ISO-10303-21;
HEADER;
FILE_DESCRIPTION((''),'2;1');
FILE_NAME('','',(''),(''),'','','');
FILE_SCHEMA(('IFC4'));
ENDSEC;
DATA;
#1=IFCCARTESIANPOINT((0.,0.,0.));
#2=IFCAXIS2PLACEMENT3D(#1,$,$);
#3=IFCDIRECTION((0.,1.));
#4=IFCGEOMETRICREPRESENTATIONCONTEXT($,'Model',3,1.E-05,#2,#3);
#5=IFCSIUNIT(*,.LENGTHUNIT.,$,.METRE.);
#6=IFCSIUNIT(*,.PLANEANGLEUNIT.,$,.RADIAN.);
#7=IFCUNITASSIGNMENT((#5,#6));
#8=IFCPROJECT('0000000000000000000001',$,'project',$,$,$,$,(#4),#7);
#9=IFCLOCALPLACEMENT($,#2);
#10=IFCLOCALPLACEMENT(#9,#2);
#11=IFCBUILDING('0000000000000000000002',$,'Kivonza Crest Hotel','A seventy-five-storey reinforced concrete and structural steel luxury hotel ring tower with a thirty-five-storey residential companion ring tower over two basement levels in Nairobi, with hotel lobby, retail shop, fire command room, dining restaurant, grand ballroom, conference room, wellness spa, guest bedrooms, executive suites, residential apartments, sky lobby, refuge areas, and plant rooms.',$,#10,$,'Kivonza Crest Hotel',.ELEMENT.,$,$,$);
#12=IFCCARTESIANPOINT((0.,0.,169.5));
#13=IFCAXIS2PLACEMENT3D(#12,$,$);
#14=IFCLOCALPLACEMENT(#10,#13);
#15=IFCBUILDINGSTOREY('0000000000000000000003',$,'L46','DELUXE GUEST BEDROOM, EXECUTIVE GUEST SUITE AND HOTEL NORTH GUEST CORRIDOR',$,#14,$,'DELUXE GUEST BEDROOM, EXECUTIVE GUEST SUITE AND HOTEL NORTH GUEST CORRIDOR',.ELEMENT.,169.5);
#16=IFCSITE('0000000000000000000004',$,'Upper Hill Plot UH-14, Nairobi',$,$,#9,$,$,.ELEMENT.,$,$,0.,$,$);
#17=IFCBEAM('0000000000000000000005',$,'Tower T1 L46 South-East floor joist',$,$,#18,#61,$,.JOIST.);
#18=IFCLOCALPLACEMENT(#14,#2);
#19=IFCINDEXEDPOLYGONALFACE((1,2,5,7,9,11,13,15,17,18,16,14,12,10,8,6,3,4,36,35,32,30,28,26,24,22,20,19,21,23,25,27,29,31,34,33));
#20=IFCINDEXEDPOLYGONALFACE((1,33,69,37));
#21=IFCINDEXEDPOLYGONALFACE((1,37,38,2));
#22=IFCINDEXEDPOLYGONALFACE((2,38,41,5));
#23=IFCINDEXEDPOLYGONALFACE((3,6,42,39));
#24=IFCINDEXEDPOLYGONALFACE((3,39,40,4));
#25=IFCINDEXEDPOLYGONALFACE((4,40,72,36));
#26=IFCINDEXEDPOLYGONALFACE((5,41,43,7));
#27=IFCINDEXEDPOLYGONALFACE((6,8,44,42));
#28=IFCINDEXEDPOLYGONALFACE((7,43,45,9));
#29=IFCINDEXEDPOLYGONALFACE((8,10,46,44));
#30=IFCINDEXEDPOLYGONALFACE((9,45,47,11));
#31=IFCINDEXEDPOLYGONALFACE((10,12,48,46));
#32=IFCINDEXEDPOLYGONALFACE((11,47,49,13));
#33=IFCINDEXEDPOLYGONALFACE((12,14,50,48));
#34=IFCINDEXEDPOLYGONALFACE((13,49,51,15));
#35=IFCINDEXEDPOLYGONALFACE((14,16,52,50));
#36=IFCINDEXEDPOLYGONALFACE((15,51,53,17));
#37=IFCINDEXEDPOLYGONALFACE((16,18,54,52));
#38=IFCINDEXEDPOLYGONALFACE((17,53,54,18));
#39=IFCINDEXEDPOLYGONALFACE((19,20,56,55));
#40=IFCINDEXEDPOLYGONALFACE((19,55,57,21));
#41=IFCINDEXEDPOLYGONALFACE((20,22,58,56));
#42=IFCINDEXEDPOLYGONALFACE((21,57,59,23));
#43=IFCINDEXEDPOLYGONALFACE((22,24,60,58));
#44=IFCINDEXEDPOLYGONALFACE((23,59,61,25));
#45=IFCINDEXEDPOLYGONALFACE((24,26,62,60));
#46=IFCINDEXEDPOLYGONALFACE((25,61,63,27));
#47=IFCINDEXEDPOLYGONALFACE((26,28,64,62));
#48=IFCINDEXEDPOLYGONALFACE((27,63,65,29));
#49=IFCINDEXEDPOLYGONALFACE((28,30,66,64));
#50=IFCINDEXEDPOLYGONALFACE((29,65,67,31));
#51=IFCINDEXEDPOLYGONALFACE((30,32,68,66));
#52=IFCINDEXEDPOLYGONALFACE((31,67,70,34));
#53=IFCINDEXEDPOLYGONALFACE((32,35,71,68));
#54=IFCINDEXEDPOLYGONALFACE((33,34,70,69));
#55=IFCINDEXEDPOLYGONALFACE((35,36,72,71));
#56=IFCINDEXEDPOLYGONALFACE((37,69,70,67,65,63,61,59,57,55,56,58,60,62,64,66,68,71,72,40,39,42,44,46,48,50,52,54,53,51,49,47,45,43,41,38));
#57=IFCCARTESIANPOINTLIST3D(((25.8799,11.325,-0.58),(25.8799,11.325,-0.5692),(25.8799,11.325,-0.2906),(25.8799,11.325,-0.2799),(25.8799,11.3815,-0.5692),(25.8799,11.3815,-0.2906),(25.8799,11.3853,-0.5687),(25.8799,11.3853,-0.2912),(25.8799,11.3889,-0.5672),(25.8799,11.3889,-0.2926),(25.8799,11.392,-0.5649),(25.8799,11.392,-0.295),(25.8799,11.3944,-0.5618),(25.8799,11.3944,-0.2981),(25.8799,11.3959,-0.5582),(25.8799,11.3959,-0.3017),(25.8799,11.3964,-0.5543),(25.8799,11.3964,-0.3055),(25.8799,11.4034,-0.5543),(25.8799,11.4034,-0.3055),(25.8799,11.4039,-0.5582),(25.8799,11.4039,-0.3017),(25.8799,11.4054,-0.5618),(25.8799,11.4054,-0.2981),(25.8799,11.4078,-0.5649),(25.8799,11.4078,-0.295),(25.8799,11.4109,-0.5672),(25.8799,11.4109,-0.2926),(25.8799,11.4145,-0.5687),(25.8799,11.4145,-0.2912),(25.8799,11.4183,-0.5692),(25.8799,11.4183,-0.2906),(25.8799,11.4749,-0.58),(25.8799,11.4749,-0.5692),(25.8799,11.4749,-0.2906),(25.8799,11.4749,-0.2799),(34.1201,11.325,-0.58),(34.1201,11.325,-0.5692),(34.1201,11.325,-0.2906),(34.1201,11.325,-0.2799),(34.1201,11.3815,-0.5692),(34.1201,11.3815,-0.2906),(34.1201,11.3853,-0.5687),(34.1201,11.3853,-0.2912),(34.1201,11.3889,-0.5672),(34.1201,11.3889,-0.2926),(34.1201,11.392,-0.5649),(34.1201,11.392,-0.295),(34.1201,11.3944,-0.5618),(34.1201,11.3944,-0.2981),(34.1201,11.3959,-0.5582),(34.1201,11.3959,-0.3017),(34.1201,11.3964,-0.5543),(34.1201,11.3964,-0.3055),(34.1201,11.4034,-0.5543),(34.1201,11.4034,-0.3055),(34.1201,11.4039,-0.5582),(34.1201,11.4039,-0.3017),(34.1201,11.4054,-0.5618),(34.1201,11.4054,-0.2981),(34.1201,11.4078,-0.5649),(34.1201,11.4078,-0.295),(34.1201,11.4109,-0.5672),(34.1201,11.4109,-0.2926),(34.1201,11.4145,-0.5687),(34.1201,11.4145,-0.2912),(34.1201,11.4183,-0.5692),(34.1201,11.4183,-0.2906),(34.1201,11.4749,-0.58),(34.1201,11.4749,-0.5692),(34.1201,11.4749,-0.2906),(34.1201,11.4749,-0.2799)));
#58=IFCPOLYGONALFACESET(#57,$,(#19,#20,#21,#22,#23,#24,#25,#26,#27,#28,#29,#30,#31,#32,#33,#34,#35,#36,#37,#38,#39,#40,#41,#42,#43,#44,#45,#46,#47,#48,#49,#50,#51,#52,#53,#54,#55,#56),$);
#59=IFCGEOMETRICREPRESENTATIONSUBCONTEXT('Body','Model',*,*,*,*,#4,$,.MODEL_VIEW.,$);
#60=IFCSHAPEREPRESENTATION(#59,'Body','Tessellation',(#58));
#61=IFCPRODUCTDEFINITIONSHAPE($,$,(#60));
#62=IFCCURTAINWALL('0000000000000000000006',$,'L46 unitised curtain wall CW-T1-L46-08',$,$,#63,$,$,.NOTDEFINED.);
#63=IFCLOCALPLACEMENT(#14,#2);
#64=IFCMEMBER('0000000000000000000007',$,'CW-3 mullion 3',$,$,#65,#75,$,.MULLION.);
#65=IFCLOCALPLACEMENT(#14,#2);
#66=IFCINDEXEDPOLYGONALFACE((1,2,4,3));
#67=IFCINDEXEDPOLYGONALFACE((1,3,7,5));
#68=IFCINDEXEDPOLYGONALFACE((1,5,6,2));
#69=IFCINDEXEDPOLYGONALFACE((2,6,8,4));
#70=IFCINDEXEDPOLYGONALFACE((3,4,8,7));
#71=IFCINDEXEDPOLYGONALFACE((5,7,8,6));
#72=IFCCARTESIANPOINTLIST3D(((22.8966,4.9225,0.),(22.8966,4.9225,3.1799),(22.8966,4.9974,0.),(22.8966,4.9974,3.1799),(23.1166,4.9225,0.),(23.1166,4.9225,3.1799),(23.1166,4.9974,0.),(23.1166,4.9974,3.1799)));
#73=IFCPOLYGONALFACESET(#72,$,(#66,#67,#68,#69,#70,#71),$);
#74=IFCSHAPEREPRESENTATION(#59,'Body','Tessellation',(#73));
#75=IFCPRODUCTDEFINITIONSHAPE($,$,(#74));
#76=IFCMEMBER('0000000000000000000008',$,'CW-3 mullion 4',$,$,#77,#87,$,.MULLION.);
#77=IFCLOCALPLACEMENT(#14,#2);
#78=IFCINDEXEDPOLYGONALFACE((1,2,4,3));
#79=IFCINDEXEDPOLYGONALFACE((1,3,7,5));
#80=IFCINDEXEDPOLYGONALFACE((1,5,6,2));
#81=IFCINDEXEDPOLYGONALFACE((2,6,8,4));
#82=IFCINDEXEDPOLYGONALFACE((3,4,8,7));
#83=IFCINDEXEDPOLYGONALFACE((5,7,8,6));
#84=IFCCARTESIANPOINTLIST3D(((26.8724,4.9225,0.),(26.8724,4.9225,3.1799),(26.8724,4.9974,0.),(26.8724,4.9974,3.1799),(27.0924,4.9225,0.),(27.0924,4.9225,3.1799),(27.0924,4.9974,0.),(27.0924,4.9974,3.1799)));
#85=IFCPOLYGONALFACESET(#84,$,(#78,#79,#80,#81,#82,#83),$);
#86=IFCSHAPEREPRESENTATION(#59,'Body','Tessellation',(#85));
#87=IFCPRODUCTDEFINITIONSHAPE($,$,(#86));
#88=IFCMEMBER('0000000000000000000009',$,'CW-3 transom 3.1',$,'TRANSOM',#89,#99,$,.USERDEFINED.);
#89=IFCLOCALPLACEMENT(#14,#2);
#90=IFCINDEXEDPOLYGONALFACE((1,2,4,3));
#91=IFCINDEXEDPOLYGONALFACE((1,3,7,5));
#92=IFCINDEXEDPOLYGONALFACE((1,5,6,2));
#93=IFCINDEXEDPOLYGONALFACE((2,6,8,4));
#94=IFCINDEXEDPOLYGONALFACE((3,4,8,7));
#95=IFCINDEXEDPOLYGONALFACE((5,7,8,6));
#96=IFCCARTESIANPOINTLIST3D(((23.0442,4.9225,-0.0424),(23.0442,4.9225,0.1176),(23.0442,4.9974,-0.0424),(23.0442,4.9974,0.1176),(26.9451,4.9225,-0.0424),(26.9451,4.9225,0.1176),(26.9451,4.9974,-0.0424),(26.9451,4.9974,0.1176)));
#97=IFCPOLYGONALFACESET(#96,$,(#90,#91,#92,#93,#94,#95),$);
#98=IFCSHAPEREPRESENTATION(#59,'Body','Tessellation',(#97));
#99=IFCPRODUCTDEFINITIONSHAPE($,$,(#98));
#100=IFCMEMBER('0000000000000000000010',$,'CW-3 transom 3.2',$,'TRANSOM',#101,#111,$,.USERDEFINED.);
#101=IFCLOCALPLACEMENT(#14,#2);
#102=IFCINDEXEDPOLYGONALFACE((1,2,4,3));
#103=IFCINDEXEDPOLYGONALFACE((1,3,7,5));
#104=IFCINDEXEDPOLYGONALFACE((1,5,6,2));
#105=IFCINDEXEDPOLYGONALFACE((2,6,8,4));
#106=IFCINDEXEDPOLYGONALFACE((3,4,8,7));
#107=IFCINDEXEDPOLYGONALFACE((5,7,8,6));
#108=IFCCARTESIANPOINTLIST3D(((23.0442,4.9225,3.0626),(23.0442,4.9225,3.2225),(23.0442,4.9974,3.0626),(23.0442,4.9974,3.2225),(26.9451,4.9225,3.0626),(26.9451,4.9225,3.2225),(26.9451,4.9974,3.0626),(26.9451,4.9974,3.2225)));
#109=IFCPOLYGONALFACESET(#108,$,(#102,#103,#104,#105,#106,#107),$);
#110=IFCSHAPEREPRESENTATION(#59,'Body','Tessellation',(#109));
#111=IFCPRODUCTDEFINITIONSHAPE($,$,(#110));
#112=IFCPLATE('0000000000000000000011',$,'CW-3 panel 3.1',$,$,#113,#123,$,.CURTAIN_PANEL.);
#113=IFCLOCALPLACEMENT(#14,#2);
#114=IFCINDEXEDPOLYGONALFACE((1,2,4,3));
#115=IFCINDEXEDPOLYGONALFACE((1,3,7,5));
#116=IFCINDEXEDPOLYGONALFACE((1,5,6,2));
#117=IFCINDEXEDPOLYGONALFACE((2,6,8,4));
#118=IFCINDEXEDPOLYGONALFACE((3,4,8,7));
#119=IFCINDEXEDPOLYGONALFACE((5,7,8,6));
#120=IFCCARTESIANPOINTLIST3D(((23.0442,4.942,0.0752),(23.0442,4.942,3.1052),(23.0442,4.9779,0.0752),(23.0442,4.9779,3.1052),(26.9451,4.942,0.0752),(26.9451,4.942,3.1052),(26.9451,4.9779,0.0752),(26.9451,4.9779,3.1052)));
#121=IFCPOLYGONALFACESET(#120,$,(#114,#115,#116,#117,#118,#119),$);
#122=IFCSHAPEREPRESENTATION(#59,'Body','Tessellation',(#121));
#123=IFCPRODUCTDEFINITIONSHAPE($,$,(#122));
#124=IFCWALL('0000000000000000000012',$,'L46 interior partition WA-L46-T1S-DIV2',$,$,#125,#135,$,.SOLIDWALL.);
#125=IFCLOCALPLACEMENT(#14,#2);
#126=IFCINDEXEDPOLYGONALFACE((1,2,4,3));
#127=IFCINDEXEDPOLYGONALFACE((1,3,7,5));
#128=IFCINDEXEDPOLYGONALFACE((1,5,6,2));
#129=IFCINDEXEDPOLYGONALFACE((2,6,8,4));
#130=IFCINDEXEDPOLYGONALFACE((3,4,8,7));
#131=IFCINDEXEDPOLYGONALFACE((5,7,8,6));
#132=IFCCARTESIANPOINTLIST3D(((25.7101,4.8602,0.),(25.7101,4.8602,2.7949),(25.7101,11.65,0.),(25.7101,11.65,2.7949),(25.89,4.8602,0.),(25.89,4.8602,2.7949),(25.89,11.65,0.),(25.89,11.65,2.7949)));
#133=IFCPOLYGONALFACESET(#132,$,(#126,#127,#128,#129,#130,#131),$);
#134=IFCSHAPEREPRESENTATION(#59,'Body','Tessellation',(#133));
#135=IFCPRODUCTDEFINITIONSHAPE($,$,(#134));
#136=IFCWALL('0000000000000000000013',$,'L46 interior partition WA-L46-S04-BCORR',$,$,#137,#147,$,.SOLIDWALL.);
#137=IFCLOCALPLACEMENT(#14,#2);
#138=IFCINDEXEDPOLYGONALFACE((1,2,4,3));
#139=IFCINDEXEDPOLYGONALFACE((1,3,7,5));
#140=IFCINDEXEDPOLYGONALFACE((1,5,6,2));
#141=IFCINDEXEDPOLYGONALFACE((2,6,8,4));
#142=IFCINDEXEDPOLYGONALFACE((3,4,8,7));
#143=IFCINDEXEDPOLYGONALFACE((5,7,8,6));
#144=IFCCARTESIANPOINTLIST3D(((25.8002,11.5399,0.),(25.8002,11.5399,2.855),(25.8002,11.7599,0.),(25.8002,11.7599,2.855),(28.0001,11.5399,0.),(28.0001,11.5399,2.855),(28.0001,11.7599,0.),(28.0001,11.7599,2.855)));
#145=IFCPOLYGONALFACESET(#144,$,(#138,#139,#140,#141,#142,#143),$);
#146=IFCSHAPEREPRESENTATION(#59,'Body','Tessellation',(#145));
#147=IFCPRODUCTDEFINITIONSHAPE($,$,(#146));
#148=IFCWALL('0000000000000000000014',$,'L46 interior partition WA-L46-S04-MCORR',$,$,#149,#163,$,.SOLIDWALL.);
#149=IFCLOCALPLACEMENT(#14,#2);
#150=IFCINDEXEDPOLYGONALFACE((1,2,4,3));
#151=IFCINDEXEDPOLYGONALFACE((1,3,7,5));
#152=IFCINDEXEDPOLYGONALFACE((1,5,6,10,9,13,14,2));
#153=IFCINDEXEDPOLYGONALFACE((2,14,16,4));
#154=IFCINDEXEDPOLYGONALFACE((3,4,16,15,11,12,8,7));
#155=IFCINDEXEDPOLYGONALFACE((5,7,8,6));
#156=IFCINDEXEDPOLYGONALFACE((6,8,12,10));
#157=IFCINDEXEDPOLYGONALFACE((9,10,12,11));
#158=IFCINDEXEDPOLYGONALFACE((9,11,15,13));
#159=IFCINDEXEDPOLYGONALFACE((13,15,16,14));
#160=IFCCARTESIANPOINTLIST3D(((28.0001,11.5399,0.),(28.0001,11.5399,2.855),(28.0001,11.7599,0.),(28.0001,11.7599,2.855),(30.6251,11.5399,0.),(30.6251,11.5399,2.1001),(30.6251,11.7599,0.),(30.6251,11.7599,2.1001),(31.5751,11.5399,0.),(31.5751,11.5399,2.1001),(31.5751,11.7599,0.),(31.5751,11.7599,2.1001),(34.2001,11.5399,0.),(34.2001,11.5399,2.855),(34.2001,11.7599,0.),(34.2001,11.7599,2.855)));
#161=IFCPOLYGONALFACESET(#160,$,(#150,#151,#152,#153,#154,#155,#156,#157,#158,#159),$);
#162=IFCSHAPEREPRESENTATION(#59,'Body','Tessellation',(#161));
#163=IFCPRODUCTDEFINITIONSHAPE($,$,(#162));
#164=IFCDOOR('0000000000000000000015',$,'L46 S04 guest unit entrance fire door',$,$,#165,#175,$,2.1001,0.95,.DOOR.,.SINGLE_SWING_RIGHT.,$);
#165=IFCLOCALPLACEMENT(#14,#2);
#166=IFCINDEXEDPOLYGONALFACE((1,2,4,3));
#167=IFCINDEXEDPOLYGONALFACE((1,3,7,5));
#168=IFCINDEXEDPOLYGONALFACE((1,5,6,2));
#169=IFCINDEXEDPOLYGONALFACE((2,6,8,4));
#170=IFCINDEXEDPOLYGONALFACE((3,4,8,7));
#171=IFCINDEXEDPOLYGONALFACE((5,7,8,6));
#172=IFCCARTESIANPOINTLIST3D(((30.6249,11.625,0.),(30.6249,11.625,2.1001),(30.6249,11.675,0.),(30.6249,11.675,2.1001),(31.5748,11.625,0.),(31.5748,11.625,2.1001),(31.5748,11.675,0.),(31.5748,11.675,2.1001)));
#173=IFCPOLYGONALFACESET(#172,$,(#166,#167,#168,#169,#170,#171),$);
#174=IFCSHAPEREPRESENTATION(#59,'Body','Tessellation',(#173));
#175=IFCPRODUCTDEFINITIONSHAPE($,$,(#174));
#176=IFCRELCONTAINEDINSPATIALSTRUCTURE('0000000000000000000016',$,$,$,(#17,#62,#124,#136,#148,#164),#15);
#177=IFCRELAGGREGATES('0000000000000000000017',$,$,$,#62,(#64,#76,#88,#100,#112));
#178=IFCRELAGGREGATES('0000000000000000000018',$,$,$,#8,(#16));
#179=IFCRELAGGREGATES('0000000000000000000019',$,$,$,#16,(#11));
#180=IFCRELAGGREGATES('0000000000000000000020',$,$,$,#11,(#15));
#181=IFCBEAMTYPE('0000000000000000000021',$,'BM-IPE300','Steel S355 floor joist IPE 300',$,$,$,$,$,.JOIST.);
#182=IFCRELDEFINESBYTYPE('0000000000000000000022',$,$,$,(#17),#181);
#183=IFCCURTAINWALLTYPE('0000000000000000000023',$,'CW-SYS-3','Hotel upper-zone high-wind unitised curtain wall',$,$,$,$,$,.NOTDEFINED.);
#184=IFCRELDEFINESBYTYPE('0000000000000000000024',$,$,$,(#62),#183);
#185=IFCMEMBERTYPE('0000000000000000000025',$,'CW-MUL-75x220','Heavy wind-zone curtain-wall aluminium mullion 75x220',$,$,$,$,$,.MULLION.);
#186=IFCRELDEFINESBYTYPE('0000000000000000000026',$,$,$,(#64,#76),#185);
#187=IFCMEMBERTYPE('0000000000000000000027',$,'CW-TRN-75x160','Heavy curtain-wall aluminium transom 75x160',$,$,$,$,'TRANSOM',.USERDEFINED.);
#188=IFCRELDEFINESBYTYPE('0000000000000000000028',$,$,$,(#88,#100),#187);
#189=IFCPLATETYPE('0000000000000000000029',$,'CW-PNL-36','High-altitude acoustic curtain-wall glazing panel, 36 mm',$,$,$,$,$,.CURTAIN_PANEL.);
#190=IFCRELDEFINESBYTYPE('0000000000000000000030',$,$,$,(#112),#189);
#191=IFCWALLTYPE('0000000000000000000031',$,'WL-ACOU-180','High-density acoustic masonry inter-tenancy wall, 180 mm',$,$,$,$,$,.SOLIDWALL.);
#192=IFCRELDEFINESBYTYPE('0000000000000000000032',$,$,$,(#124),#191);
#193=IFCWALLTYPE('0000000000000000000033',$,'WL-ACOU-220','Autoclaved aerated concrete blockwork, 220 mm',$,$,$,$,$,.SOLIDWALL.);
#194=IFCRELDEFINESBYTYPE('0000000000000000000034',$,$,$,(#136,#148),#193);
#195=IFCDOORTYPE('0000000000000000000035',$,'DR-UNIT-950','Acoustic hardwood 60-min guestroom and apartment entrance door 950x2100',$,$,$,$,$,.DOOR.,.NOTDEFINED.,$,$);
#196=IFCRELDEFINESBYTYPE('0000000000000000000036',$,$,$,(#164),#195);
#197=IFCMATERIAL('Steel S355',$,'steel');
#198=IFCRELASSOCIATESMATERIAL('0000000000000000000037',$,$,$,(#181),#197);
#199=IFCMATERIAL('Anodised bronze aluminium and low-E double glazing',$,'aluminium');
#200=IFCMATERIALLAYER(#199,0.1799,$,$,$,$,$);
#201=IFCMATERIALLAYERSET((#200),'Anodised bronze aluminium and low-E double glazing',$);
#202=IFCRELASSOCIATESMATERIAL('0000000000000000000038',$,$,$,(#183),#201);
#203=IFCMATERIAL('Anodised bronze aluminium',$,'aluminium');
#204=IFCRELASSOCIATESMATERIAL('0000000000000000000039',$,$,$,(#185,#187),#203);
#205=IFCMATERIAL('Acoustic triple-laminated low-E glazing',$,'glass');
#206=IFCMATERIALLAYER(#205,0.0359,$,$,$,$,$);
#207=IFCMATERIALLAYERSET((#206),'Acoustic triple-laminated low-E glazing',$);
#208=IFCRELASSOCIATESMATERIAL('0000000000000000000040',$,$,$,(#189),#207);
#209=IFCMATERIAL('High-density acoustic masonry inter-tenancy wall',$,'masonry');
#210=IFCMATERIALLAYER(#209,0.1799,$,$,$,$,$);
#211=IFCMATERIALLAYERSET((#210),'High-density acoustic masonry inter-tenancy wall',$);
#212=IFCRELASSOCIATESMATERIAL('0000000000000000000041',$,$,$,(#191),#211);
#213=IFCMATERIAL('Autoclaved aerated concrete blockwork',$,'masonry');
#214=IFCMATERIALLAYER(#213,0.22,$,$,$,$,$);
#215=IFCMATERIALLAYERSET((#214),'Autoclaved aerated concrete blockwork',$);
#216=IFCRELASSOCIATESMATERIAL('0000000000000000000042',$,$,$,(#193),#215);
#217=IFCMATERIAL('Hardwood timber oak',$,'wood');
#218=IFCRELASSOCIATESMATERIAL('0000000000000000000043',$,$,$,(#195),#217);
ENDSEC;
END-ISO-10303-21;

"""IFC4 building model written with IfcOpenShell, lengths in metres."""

from ifc_helpers import new_model, si_unit, direction, frame, frame_2d, origin, origin_2d, place, context, subcontext, project, spatial, rectangle, i_section, extrude, material, layer, layer_set, material_profile, profile_set, type_object, element, fill, aggregate, save


model = new_model("IFC4")

# Units and contexts
model_context = context("Model", 3, precision=1e-05, world=origin(), true_north=direction((0.0, 1.0)))
body_context = subcontext(model_context, "Body", "Model", "MODEL_VIEW")
ifc_project = project(units=[si_unit("LENGTHUNIT", "METRE"), si_unit("PLANEANGLEUNIT", "RADIAN")], contexts=[model_context])

# Site, building, storey
site_placement = place(None, origin())
site = spatial("IfcSite", under=ifc_project, at=site_placement, Name="Upper Hill Plot UH-14, Nairobi", CompositionType="ELEMENT", RefElevation=0.0)
building_placement = place(site_placement, origin())
building = spatial("IfcBuilding", under=site, at=building_placement, Name="Kivonza Crest Hotel", Description="A seventy-five-storey reinforced concrete and structural steel luxury hotel ring tower with a thirty-five-storey residential companion ring tower over two basement levels in Nairobi, with hotel lobby, retail shop, fire command room, dining restaurant, grand ballroom, conference room, wellness spa, guest bedrooms, executive suites, residential apartments, sky lobby, refuge areas, and plant rooms.", LongName="Kivonza Crest Hotel", CompositionType="ELEMENT")
storey_placement = place(building_placement, frame((0.0, 0.0, 169.5)))
storey = spatial("IfcBuildingStorey", under=building, at=storey_placement, Name="L46", Description="DELUXE GUEST BEDROOM, EXECUTIVE GUEST SUITE AND HOTEL NORTH GUEST CORRIDOR", LongName="DELUXE GUEST BEDROOM, EXECUTIVE GUEST SUITE AND HOTEL NORTH GUEST CORRIDOR", CompositionType="ELEMENT", Elevation=169.5)

# Beam
ifc_material_1 = material(Name="Steel S355", Category="steel")
ifc_material_profile_1 = material_profile(ifc_material_1, i_section(OverallWidth=0.1499, OverallDepth=0.3, WebThickness=0.0071, FlangeThickness=0.0107, FilletRadius=0.0149, at=origin_2d()), Name="IPE 300")
ifc_profile_set_1 = profile_set([ifc_material_profile_1], Name="Steel S355")
beam_type_1 = type_object("IfcBeamType", Name="BM-IPE300", Description="Steel S355 floor joist IPE 300", PredefinedType="JOIST", material=ifc_profile_set_1)
beam_1_placement = place(storey_placement, frame((25.8799, 11.3999, -0.4299), z_axis=(1.0, 0.0, 0.0), x_axis=(0.0, 1.0, 0.0)))
element("IfcBeam", 1, at=beam_1_placement, inside=storey, type_object=beam_type_1, Name="Tower T1 L46 South-East floor joist", PredefinedType="JOIST", context=body_context, shape_type="SweptSolid", body=[
    extrude(i_section(OverallWidth=0.1499, OverallDepth=0.3, WebThickness=0.0071, FlangeThickness=0.0107, FilletRadius=0.0149, at=origin_2d()), origin(), (0.0, 0.0, 1.0), 8.2402),
])

# Curtain wall, members, plate
ifc_material_2 = material(Name="Anodised bronze aluminium and low-E double glazing", Category="aluminium")
ifc_layer_1 = layer(ifc_material_2, 0.1799)
ifc_layer_set_1 = layer_set([ifc_layer_1], Name="Anodised bronze aluminium and low-E double glazing")
curtain_wall_type = type_object("IfcCurtainWallType", Name="CW-SYS-3", Description="Hotel upper-zone high-wind unitised curtain wall", PredefinedType="NOTDEFINED", material=ifc_layer_set_1)
curtain_wall_placement = place(storey_placement, origin())
curtain_wall = element("IfcCurtainWall", 2, at=curtain_wall_placement, inside=storey, type_object=curtain_wall_type, Name="L46 unitised curtain wall CW-T1-L46-08", PredefinedType="NOTDEFINED")
ifc_material_3 = material(Name="Anodised bronze aluminium", Category="aluminium")
ifc_material_profile_2 = material_profile(ifc_material_3, rectangle(XDim=0.075, YDim=0.22, at=origin_2d()), Name="CW-M 75x220")
ifc_profile_set_2 = profile_set([ifc_material_profile_2], Name="Anodised bronze aluminium")
member_type_1 = type_object("IfcMemberType", Name="CW-MUL-75x220", Description="Heavy wind-zone curtain-wall aluminium mullion 75x220", PredefinedType="MULLION", material=ifc_profile_set_2)
member_1_placement = place(storey_placement, frame((23.0066, 4.96, 0.0), z_axis=(0.0, 0.0, 1.0), x_axis=(0.0, 1.0, 0.0)))
member_1 = element("IfcMember", 3, at=member_1_placement, type_object=member_type_1, Name="CW-3 mullion 3", PredefinedType="MULLION", context=body_context, shape_type="SweptSolid", body=[
    extrude(rectangle(XDim=0.075, YDim=0.22, at=origin_2d()), origin(), (0.0, 0.0, 1.0), 3.1799),
])
member_2_placement = place(storey_placement, frame((26.9824, 4.96, 0.0), z_axis=(0.0, 0.0, 1.0), x_axis=(0.0, 1.0, 0.0)))
member_2 = element("IfcMember", 4, at=member_2_placement, type_object=member_type_1, Name="CW-3 mullion 4", PredefinedType="MULLION", context=body_context, shape_type="SweptSolid", body=[
    extrude(rectangle(XDim=0.075, YDim=0.22, at=origin_2d()), origin(), (0.0, 0.0, 1.0), 3.1799),
])
ifc_material_profile_3 = material_profile(ifc_material_3, rectangle(XDim=0.075, YDim=0.1599, at=origin_2d()), Name="CW-T 75x160")
ifc_profile_set_3 = profile_set([ifc_material_profile_3], Name="Anodised bronze aluminium")
member_type_2 = type_object("IfcMemberType", Name="CW-TRN-75x160", Description="Heavy curtain-wall aluminium transom 75x160", ElementType="TRANSOM", PredefinedType="USERDEFINED", material=ifc_profile_set_3)
member_3_placement = place(storey_placement, frame((23.0442, 4.96, 0.0376), z_axis=(1.0, 0.0, 0.0), x_axis=(0.0, 1.0, 0.0)))
member_3 = element("IfcMember", 5, at=member_3_placement, type_object=member_type_2, Name="CW-3 transom 3.1", ObjectType="TRANSOM", PredefinedType="USERDEFINED", context=body_context, shape_type="SweptSolid", body=[
    extrude(rectangle(XDim=0.075, YDim=0.1599, at=origin_2d()), origin(), (0.0, 0.0, 1.0), 3.9009),
])
member_4_placement = place(storey_placement, frame((23.0442, 4.96, 3.1426), z_axis=(1.0, 0.0, 0.0), x_axis=(0.0, 1.0, 0.0)))
member_4 = element("IfcMember", 6, at=member_4_placement, type_object=member_type_2, Name="CW-3 transom 3.2", ObjectType="TRANSOM", PredefinedType="USERDEFINED", context=body_context, shape_type="SweptSolid", body=[
    extrude(rectangle(XDim=0.075, YDim=0.1599, at=origin_2d()), origin(), (0.0, 0.0, 1.0), 3.9009),
])
ifc_material_4 = material(Name="Acoustic triple-laminated low-E glazing", Category="glass")
ifc_layer_2 = layer(ifc_material_4, 0.0359)
ifc_layer_set_2 = layer_set([ifc_layer_2], Name="Acoustic triple-laminated low-E glazing")
plate_type = type_object("IfcPlateType", Name="CW-PNL-36", Description="High-altitude acoustic curtain-wall glazing panel, 36 mm", PredefinedType="CURTAIN_PANEL", material=ifc_layer_set_2)
plate_placement = place(storey_placement, frame((24.9946, 4.96, 0.0752), z_axis=(0.0, 0.0, 1.0), x_axis=(1.0, 0.0, 0.0)))
plate = element("IfcPlate", 7, at=plate_placement, type_object=plate_type, Name="CW-3 panel 3.1", PredefinedType="CURTAIN_PANEL", context=body_context, shape_type="SweptSolid", body=[
    extrude(rectangle(XDim=3.9009, YDim=0.0359, at=origin_2d()), origin(), (0.0, 0.0, 1.0), 3.03),
])
aggregate(curtain_wall, [member_1, member_2, member_3, member_4, plate])

# Walls
ifc_material_5 = material(Name="High-density acoustic masonry inter-tenancy wall", Category="masonry")
ifc_layer_3 = layer(ifc_material_5, 0.1799)
ifc_layer_set_3 = layer_set([ifc_layer_3], Name="High-density acoustic masonry inter-tenancy wall")
wall_type_1 = type_object("IfcWallType", Name="WL-ACOU-180", Description="High-density acoustic masonry inter-tenancy wall, 180 mm", PredefinedType="SOLIDWALL", material=ifc_layer_set_3)
wall_1_placement = place(storey_placement, frame((25.8, 4.8601, 0.0), z_axis=(0.0, 0.0, 1.0), x_axis=(0.0, 1.0, 0.0)))
element("IfcWall", 8, at=wall_1_placement, inside=storey, type_object=wall_type_1, Name="L46 interior partition WA-L46-T1S-DIV2", PredefinedType="SOLIDWALL", context=body_context, shape_type="SweptSolid", body=[
    extrude(rectangle(XDim=6.7898, YDim=0.1799, at=frame_2d((3.395, 0.0))), origin(), (0.0, 0.0, 1.0), 2.7949),
])
ifc_material_6 = material(Name="Autoclaved aerated concrete blockwork", Category="masonry")
ifc_layer_4 = layer(ifc_material_6, 0.22)
ifc_layer_set_4 = layer_set([ifc_layer_4], Name="Autoclaved aerated concrete blockwork")
wall_type_2 = type_object("IfcWallType", Name="WL-ACOU-220", Description="Autoclaved aerated concrete blockwork, 220 mm", PredefinedType="SOLIDWALL", material=ifc_layer_set_4)
wall_2_placement = place(storey_placement, frame((25.8, 11.6499, 0.0), z_axis=(0.0, 0.0, 1.0), x_axis=(1.0, 0.0, 0.0)))
element("IfcWall", 9, at=wall_2_placement, inside=storey, type_object=wall_type_2, Name="L46 interior partition WA-L46-S04-BCORR", PredefinedType="SOLIDWALL", context=body_context, shape_type="SweptSolid", body=[
    extrude(rectangle(XDim=2.2, YDim=0.22, at=frame_2d((1.1001, 0.0))), origin(), (0.0, 0.0, 1.0), 2.855),
])

# Wall, opening, door
wall_3_placement = place(storey_placement, frame((28.0, 11.6499, 0.0), z_axis=(0.0, 0.0, 1.0), x_axis=(1.0, 0.0, 0.0)))
wall_3 = element("IfcWall", 10, at=wall_3_placement, inside=storey, type_object=wall_type_2, Name="L46 interior partition WA-L46-S04-MCORR", PredefinedType="SOLIDWALL", context=body_context, shape_type="SweptSolid", body=[
    extrude(rectangle(XDim=6.2, YDim=0.22, at=frame_2d((3.1001, 0.0))), origin(), (0.0, 0.0, 1.0), 2.855),
])
opening_1_placement = place(wall_3_placement, frame((2.625, 0.0, 0.0)))
opening_1 = element("IfcOpeningElement", 11, at=opening_1_placement, cuts=wall_3, PredefinedType="OPENING", context=body_context, shape_type="SweptSolid", body=[
    extrude(rectangle(XDim=0.95, YDim=2.1001, at=frame_2d((0.4751, 1.05))), frame((0.0, 0.1201, 0.0), z_axis=(0.0, -1.0, 0.0), x_axis=(1.0, 0.0, 0.0)), (0.0, 0.0, 1.0), 0.24),
])
ifc_material_7 = material(Name="Hardwood timber oak", Category="wood")
door_type_1 = type_object("IfcDoorType", Name="DR-UNIT-950", Description="Acoustic hardwood 60-min guestroom and apartment entrance door 950x2100", OperationType="NOTDEFINED", PredefinedType="DOOR", material=ifc_material_7)
door_1_placement = place(opening_1_placement, frame((0.95, 0.0, 0.0), z_axis=(0.0, 0.0, 1.0), x_axis=(-1.0, 0.0, 0.0)))
door_1 = element("IfcDoor", 12, at=door_1_placement, inside=storey, type_object=door_type_1, Name="L46 S04 guest unit entrance fire door", OperationType="SINGLE_SWING_RIGHT", OverallHeight=2.1001, OverallWidth=0.95, PredefinedType="DOOR", context=body_context, shape_type="SweptSolid", body=[
    extrude(rectangle(XDim=0.95, YDim=2.1001, at=frame_2d((0.4751, 1.05))), frame((0.0, 0.0249, 0.0), z_axis=(0.0, -1.0, 0.0), x_axis=(1.0, 0.0, 0.0)), (0.0, 0.0, 1.0), 0.05),
])
fill(opening_1, door_1)

save(model, "model.ifc")
